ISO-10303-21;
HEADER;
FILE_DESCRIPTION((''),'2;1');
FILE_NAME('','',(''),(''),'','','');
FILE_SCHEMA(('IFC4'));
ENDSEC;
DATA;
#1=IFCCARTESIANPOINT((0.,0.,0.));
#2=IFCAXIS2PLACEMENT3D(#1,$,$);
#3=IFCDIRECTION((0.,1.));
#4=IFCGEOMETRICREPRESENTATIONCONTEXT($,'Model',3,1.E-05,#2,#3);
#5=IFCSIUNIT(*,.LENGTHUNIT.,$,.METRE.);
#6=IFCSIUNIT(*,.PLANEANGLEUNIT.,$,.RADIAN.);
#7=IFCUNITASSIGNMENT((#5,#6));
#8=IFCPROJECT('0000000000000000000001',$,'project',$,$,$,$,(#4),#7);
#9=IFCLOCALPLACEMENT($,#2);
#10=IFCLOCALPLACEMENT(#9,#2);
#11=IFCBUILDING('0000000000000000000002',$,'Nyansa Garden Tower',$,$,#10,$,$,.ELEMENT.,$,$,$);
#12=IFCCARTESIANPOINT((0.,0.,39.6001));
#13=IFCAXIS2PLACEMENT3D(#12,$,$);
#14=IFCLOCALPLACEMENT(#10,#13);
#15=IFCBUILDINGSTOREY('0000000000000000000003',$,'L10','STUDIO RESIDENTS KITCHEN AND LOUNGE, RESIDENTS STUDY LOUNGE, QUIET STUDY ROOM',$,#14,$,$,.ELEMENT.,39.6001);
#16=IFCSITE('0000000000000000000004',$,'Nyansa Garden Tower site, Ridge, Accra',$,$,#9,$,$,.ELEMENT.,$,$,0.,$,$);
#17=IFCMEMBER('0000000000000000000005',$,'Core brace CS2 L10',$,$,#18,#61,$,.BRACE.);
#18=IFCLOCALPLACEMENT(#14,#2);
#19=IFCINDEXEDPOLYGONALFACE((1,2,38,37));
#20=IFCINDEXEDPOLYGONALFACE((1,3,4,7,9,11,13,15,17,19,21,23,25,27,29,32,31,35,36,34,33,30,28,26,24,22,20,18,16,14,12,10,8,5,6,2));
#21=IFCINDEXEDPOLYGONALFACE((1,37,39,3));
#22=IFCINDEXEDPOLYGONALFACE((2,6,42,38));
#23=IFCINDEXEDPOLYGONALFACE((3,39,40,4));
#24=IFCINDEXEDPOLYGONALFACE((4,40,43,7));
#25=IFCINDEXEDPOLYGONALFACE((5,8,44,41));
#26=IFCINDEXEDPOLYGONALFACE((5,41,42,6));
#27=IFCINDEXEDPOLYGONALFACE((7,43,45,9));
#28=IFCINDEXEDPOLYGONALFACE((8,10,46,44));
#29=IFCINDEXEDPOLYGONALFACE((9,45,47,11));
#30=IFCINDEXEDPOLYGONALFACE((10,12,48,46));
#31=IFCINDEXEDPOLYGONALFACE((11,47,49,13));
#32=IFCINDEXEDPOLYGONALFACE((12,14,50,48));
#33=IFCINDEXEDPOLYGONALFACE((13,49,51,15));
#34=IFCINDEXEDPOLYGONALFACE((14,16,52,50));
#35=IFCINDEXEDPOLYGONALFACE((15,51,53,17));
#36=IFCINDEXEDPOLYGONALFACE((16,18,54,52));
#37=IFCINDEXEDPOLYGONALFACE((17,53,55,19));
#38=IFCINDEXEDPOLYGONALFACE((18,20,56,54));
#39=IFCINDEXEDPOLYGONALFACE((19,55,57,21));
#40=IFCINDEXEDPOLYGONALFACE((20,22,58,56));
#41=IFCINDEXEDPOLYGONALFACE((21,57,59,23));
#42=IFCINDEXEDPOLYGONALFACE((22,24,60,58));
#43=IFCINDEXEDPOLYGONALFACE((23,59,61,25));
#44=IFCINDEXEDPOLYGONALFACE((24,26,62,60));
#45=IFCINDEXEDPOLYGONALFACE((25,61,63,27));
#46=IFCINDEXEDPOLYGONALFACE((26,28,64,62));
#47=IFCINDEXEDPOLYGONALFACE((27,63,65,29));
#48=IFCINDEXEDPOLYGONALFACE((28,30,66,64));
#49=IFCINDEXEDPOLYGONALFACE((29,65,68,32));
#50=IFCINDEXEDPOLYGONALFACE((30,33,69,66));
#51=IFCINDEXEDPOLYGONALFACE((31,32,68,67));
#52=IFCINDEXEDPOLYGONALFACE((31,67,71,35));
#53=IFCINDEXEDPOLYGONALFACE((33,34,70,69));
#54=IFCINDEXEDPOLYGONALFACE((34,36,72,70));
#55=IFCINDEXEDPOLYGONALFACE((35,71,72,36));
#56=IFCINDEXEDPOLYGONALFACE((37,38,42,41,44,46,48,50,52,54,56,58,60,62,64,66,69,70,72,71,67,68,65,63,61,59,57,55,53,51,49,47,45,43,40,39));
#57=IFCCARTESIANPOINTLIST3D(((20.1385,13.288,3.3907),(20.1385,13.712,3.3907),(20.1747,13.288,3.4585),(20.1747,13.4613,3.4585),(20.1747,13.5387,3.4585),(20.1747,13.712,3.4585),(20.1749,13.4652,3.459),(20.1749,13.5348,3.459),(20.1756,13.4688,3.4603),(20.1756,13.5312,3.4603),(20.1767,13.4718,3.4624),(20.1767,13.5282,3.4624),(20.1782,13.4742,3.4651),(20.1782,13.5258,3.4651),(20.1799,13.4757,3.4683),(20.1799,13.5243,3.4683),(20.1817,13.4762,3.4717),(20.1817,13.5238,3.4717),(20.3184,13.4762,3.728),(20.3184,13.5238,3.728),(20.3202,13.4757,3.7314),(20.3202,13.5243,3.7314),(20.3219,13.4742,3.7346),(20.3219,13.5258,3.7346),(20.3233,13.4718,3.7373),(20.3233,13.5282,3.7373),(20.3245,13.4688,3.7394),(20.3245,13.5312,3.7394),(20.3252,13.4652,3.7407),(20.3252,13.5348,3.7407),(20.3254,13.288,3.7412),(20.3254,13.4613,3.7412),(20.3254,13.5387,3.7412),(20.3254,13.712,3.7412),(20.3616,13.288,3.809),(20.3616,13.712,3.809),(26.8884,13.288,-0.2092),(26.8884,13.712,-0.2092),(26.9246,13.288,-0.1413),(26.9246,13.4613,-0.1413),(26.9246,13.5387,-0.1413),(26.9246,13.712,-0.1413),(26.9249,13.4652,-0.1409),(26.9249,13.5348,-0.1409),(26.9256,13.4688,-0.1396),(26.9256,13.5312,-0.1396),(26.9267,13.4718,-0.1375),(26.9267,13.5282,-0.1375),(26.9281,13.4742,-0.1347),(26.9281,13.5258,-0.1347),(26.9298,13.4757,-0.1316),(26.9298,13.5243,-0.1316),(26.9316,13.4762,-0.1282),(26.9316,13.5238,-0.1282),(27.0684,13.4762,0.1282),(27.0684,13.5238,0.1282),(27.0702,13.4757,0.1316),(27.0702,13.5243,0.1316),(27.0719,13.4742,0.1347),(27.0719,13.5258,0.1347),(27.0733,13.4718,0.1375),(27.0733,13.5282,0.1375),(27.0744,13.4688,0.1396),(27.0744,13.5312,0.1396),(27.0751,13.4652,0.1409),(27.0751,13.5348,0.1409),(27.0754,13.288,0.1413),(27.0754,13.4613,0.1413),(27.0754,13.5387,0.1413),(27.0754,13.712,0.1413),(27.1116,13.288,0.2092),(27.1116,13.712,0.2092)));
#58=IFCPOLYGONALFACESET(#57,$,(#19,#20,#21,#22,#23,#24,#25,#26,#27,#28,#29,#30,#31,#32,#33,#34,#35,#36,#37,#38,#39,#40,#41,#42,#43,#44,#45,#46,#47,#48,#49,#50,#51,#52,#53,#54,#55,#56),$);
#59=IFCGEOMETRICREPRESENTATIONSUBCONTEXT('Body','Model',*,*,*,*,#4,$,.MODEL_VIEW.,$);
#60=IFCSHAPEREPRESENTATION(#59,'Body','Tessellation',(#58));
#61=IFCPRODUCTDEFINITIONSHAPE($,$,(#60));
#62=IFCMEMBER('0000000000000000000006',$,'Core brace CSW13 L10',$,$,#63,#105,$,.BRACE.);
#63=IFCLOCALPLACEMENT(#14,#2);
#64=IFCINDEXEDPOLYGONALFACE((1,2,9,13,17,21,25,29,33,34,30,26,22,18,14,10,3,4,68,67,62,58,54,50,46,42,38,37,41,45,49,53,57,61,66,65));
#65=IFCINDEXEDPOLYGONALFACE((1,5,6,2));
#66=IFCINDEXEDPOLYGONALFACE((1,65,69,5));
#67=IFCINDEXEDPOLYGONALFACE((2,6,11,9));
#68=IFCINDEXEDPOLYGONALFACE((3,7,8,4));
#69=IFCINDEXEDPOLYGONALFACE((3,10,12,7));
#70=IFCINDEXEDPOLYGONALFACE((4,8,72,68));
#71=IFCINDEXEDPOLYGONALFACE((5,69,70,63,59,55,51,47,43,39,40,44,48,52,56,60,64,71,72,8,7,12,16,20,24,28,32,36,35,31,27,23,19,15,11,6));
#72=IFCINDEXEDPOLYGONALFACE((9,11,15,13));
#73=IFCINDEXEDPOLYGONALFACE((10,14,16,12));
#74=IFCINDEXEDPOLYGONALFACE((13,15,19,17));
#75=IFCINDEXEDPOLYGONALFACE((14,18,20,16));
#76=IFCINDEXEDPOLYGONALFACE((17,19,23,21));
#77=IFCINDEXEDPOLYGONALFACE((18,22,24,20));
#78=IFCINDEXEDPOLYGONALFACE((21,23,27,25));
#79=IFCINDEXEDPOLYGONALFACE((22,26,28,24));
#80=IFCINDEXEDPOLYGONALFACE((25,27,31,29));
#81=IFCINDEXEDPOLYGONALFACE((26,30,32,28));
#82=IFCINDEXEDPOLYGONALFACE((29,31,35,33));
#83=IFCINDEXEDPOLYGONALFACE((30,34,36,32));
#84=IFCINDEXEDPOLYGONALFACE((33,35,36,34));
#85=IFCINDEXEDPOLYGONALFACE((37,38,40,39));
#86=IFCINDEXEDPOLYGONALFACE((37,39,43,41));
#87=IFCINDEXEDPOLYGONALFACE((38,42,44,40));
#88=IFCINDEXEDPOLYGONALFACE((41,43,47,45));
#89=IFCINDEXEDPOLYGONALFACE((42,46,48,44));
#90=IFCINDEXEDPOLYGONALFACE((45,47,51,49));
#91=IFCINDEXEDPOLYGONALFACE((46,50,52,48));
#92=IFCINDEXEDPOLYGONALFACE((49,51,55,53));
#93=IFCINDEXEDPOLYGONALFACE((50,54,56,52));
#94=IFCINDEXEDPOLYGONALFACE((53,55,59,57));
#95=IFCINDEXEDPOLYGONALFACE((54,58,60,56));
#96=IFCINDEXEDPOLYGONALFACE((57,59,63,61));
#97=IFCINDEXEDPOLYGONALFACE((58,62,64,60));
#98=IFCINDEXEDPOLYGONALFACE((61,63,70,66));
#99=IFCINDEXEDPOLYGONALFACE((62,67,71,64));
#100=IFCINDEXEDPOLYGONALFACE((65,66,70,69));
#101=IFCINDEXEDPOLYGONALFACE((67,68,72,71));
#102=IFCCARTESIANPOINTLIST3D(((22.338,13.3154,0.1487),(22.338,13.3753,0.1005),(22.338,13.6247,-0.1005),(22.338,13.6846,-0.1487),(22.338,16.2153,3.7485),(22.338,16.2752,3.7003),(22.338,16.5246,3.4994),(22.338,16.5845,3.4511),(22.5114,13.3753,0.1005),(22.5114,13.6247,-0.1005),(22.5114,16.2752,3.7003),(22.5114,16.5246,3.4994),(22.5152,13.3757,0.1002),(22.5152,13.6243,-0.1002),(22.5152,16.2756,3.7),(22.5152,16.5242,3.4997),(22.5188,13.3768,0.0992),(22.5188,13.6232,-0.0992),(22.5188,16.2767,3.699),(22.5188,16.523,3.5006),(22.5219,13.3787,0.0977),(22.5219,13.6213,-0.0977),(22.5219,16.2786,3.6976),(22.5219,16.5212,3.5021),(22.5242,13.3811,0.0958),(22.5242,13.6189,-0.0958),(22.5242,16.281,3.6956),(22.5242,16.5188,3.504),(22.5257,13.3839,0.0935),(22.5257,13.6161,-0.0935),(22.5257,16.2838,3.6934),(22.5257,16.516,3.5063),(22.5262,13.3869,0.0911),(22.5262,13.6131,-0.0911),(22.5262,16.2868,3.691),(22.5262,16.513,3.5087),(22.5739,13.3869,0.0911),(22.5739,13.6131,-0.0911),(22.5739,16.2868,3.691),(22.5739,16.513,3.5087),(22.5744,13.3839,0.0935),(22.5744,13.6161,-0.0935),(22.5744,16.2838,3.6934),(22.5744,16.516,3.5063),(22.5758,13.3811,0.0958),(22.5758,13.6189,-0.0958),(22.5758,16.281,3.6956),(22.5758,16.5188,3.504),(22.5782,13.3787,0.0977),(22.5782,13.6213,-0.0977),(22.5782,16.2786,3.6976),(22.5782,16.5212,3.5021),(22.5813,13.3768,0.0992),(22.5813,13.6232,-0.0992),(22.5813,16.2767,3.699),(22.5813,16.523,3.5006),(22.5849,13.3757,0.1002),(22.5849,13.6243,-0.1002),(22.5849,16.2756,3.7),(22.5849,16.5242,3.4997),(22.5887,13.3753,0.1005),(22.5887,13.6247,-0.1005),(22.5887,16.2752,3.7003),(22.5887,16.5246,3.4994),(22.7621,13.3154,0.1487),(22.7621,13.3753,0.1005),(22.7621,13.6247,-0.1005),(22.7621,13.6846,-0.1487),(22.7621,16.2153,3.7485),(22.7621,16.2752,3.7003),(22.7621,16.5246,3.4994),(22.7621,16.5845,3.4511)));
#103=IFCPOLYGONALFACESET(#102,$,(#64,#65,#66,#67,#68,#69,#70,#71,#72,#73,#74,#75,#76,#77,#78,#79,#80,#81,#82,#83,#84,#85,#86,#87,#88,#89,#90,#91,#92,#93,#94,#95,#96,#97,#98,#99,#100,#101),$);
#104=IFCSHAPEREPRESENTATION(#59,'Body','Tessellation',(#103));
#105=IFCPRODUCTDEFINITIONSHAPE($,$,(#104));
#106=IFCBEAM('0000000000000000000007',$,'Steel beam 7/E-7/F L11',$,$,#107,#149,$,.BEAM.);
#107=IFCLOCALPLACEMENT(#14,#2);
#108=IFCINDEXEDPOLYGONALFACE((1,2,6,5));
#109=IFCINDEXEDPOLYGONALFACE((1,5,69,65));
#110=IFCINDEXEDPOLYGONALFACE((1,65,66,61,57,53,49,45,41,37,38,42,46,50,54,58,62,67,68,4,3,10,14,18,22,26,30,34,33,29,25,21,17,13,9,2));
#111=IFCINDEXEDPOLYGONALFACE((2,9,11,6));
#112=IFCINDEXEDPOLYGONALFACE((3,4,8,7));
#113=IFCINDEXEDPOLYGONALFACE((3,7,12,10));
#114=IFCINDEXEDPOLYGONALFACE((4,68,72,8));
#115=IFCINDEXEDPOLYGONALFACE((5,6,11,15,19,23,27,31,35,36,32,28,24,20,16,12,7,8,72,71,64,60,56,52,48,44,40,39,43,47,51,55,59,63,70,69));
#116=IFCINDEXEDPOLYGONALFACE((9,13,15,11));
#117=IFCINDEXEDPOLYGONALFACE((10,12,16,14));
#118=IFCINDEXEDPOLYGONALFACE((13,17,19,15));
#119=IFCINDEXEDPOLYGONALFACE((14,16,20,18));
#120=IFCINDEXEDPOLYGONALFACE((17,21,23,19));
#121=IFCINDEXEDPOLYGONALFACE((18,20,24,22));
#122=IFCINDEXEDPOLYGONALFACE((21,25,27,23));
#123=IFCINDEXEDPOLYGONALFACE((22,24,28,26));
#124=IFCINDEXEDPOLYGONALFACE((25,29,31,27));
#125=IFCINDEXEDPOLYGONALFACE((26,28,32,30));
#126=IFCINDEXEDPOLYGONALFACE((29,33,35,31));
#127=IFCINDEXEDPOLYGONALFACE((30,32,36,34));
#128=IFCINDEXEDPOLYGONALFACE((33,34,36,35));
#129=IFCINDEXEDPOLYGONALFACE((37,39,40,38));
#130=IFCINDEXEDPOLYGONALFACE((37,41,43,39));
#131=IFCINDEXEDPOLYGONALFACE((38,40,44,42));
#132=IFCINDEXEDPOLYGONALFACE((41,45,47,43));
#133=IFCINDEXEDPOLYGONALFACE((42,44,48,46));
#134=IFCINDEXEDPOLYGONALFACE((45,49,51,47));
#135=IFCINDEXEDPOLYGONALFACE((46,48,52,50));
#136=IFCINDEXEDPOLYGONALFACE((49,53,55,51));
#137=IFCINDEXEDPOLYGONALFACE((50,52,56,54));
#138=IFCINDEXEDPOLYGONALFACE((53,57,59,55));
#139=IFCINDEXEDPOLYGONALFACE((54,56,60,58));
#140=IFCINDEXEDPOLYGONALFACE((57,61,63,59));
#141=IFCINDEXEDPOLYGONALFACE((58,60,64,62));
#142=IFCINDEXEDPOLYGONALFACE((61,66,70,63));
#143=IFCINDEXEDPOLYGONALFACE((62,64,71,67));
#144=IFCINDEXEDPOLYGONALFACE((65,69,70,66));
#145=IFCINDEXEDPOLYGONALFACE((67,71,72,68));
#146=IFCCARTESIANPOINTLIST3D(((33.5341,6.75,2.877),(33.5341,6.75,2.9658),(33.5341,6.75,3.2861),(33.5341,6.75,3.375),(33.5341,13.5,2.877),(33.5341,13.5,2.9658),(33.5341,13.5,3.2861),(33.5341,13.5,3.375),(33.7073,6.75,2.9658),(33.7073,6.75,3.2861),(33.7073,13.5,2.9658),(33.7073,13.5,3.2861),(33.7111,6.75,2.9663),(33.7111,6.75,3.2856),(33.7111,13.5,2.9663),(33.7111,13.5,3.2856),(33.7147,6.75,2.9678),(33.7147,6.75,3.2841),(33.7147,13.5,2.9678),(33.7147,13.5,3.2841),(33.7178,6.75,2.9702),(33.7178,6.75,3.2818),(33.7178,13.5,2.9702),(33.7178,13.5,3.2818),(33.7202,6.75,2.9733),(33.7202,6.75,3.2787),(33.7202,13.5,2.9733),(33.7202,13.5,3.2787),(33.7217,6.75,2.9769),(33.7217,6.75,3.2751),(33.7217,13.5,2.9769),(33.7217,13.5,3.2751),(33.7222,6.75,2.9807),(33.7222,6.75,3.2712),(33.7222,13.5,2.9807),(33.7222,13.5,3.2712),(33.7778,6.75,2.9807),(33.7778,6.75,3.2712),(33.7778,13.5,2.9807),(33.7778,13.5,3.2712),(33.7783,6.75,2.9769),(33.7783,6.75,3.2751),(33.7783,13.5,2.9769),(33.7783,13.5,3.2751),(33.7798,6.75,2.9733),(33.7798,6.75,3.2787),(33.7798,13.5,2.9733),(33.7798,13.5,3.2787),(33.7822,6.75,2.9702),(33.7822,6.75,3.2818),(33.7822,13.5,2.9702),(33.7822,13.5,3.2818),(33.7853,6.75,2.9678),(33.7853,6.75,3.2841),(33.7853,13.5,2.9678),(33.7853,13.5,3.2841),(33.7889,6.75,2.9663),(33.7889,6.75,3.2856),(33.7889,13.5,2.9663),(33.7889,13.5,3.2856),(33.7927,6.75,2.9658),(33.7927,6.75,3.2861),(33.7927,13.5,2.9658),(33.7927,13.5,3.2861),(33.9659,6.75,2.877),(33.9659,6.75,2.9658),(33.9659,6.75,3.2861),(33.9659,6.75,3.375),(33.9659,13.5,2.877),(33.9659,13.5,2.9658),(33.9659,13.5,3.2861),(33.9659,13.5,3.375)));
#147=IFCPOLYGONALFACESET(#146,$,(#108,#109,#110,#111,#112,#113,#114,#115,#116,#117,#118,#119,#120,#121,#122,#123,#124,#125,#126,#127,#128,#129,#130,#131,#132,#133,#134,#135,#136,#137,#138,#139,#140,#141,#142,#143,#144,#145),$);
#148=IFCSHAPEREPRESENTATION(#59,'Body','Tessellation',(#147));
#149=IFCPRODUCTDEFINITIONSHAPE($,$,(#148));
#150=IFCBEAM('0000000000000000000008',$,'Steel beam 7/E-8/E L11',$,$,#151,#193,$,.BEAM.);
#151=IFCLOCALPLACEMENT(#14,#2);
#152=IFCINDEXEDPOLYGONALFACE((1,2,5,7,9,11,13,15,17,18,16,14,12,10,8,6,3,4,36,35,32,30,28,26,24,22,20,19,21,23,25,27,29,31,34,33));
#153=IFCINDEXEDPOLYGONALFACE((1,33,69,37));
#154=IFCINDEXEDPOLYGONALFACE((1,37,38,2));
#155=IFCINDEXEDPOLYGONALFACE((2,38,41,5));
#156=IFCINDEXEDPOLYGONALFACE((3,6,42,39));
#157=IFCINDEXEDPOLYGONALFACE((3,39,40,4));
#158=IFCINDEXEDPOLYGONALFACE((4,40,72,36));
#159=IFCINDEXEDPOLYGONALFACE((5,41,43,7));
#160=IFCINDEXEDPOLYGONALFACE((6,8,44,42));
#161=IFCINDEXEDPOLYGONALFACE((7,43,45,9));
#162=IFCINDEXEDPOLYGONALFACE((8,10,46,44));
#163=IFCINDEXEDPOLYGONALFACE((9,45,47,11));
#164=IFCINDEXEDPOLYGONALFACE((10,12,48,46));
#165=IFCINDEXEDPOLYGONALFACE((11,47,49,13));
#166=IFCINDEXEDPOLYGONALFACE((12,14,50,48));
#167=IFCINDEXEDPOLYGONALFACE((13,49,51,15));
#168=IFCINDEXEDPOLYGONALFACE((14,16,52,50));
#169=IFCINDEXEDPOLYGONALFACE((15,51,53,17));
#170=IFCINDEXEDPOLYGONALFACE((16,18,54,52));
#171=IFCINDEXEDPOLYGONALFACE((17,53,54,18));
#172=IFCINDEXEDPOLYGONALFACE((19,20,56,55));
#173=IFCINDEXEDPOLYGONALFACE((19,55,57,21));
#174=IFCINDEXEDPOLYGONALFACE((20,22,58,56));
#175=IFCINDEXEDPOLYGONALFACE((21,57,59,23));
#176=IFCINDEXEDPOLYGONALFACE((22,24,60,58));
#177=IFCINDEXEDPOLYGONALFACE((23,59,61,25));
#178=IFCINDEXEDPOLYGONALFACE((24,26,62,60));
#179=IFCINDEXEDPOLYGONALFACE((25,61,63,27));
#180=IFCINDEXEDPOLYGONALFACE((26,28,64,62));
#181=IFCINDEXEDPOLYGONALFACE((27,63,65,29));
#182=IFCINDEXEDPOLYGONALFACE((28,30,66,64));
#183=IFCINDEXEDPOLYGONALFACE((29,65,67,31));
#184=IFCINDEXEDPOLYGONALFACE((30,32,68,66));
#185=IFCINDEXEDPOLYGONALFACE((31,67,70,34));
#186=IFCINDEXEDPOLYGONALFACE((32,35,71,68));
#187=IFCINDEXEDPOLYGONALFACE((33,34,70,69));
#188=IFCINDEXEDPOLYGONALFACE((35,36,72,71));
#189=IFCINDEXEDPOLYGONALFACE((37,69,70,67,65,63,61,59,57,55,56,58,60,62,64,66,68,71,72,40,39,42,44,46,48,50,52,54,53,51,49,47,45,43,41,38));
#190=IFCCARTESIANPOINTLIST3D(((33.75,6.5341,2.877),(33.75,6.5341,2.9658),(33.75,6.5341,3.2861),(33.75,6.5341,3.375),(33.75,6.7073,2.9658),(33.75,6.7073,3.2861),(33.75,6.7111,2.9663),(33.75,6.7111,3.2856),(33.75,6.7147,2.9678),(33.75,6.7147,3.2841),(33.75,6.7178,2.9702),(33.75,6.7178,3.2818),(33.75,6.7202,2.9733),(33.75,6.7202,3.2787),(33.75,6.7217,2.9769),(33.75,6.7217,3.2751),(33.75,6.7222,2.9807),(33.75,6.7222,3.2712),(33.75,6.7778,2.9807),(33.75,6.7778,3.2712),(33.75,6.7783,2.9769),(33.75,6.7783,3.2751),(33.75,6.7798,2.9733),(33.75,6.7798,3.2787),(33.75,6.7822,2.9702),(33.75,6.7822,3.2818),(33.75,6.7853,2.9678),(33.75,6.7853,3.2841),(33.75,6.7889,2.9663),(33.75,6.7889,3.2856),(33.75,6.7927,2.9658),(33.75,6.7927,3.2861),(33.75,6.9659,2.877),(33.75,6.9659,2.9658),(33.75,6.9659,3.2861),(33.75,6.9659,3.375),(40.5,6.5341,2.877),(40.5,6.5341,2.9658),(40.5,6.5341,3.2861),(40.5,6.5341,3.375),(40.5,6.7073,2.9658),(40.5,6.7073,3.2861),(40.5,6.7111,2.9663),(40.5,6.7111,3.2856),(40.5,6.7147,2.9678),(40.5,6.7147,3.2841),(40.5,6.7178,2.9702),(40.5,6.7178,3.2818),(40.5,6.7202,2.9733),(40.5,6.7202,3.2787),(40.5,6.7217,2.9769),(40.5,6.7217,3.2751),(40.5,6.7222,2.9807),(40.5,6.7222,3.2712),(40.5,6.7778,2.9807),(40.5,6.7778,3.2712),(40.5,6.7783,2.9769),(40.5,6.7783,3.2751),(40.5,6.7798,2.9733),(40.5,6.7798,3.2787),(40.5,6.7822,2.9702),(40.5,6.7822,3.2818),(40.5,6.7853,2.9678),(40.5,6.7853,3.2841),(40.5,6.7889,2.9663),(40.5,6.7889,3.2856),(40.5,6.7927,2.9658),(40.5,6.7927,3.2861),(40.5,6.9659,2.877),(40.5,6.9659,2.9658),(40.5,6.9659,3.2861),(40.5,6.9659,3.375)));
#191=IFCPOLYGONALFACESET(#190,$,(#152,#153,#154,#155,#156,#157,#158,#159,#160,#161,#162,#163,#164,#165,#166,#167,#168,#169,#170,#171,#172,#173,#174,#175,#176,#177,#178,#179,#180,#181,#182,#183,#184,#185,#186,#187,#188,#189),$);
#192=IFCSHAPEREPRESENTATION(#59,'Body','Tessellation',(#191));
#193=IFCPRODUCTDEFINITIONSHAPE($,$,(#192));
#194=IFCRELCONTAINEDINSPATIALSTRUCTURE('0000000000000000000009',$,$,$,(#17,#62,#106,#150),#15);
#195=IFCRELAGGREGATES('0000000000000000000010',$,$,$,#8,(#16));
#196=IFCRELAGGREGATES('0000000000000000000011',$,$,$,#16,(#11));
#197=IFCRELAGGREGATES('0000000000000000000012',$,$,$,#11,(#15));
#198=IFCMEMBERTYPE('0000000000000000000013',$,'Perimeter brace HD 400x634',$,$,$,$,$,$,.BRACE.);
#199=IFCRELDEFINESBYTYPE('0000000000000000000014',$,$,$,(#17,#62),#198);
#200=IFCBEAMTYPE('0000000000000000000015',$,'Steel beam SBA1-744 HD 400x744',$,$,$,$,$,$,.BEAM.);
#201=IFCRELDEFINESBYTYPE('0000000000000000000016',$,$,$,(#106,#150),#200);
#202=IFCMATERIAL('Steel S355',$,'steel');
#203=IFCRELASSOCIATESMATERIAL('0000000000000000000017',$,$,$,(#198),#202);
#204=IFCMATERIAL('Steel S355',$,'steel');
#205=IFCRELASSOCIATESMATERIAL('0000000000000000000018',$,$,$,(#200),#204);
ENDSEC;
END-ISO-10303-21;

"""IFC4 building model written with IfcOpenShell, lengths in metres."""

from ifc_helpers import new_model, si_unit, direction, frame, origin, origin_2d, place, context, subcontext, project, spatial, i_section, extrude, material, material_profile, profile_set, type_object, element, save


model = new_model("IFC4")

# Units and contexts
model_context = context("Model", 3, precision=1e-05, world=origin(), true_north=direction((0.0, 1.0)))
body_context = subcontext(model_context, "Body", "Model", "MODEL_VIEW")
ifc_project = project(units=[si_unit("LENGTHUNIT", "METRE"), si_unit("PLANEANGLEUNIT", "RADIAN")], contexts=[model_context])

# Site, building, storey
site_placement = place(None, origin())
site = spatial("IfcSite", under=ifc_project, at=site_placement, Name="Nyansa Garden Tower site, Ridge, Accra", CompositionType="ELEMENT", RefElevation=0.0)
building_placement = place(site_placement, origin())
building = spatial("IfcBuilding", under=site, at=building_placement, Name="Nyansa Garden Tower", CompositionType="ELEMENT")
storey_placement = place(building_placement, frame((0.0, 0.0, 39.6001)))
storey = spatial("IfcBuildingStorey", under=building, at=storey_placement, Name="L10", Description="STUDIO RESIDENTS KITCHEN AND LOUNGE, RESIDENTS STUDY LOUNGE, QUIET STUDY ROOM", CompositionType="ELEMENT", Elevation=39.6001)

# Members
ifc_material_1 = material(Name="Steel S355", Category="steel")
ifc_material_profile_1 = material_profile(ifc_material_1, i_section(OverallWidth=0.4241, OverallDepth=0.4741, WebThickness=0.0476, FlangeThickness=0.0769, FilletRadius=0.0149, at=origin_2d()), Name="HD 400x634")
ifc_profile_set_1 = profile_set([ifc_material_profile_1], Name="Steel S355")
member_type = type_object("IfcMemberType", Name="Perimeter brace HD 400x634", PredefinedType="BRACE", material=ifc_profile_set_1)
member_1_placement = place(storey_placement, frame((27.0, 13.5, 0.0), z_axis=(-0.882361, 0.0, 0.470573), x_axis=(0.0, -1.0, 0.0)))
element("IfcMember", 1, at=member_1_placement, inside=storey, type_object=member_type, Name="Core brace CS2 L10", PredefinedType="BRACE", context=body_context, shape_type="SweptSolid", body=[
    extrude(i_section(OverallWidth=0.4241, OverallDepth=0.4741, WebThickness=0.0476, FlangeThickness=0.0769, FilletRadius=0.0149, at=origin_2d()), origin(), (0.0, 0.0, 1.0), 7.6499),
])
member_2_placement = place(storey_placement, frame((22.55, 13.5, 0.0), z_axis=(0.0, 0.627332, 0.778752), x_axis=(-1.0, 0.0, 0.0)))
element("IfcMember", 2, at=member_2_placement, inside=storey, type_object=member_type, Name="Core brace CSW13 L10", PredefinedType="BRACE", context=body_context, shape_type="SweptSolid", body=[
    extrude(i_section(OverallWidth=0.4241, OverallDepth=0.4741, WebThickness=0.0476, FlangeThickness=0.0769, FilletRadius=0.0149, at=origin_2d()), origin(), (0.0, 0.0, 1.0), 4.6226),
])

# Beams
ifc_material_2 = material(Name="Steel S355", Category="steel")
ifc_material_profile_2 = material_profile(ifc_material_2, i_section(OverallWidth=0.4319, OverallDepth=0.498, WebThickness=0.0557, FlangeThickness=0.0889, FilletRadius=0.0149, at=origin_2d()), Name="HD 400x744")
ifc_profile_set_2 = profile_set([ifc_material_profile_2], Name="Steel S355")
beam_type_1 = type_object("IfcBeamType", Name="Steel beam SBA1-744 HD 400x744", PredefinedType="BEAM", material=ifc_profile_set_2)
for number, where, z_axis, x_axis, name in (
    (3, (33.75, 6.75, 3.126), (0.0, 1.0, 0.0), (-1.0, 0.0, 0.0), "Steel beam 7/E-7/F L11"),
    (4, (33.75, 6.75, 3.126), (1.0, 0.0, 0.0), (0.0, 1.0, 0.0), "Steel beam 7/E-8/E L11"),
):
    element("IfcBeam", number, at=place(storey_placement, frame(where, z_axis=z_axis, x_axis=x_axis)), inside=storey, type_object=beam_type_1, Name=name, PredefinedType="BEAM", context=body_context, shape_type="SweptSolid", body=[
        extrude(i_section(OverallWidth=0.4319, OverallDepth=0.498, WebThickness=0.0557, FlangeThickness=0.0889, FilletRadius=0.0149, at=origin_2d()), origin(), (0.0, 0.0, 1.0), 6.75),
    ])

save(model, "model.ifc")
